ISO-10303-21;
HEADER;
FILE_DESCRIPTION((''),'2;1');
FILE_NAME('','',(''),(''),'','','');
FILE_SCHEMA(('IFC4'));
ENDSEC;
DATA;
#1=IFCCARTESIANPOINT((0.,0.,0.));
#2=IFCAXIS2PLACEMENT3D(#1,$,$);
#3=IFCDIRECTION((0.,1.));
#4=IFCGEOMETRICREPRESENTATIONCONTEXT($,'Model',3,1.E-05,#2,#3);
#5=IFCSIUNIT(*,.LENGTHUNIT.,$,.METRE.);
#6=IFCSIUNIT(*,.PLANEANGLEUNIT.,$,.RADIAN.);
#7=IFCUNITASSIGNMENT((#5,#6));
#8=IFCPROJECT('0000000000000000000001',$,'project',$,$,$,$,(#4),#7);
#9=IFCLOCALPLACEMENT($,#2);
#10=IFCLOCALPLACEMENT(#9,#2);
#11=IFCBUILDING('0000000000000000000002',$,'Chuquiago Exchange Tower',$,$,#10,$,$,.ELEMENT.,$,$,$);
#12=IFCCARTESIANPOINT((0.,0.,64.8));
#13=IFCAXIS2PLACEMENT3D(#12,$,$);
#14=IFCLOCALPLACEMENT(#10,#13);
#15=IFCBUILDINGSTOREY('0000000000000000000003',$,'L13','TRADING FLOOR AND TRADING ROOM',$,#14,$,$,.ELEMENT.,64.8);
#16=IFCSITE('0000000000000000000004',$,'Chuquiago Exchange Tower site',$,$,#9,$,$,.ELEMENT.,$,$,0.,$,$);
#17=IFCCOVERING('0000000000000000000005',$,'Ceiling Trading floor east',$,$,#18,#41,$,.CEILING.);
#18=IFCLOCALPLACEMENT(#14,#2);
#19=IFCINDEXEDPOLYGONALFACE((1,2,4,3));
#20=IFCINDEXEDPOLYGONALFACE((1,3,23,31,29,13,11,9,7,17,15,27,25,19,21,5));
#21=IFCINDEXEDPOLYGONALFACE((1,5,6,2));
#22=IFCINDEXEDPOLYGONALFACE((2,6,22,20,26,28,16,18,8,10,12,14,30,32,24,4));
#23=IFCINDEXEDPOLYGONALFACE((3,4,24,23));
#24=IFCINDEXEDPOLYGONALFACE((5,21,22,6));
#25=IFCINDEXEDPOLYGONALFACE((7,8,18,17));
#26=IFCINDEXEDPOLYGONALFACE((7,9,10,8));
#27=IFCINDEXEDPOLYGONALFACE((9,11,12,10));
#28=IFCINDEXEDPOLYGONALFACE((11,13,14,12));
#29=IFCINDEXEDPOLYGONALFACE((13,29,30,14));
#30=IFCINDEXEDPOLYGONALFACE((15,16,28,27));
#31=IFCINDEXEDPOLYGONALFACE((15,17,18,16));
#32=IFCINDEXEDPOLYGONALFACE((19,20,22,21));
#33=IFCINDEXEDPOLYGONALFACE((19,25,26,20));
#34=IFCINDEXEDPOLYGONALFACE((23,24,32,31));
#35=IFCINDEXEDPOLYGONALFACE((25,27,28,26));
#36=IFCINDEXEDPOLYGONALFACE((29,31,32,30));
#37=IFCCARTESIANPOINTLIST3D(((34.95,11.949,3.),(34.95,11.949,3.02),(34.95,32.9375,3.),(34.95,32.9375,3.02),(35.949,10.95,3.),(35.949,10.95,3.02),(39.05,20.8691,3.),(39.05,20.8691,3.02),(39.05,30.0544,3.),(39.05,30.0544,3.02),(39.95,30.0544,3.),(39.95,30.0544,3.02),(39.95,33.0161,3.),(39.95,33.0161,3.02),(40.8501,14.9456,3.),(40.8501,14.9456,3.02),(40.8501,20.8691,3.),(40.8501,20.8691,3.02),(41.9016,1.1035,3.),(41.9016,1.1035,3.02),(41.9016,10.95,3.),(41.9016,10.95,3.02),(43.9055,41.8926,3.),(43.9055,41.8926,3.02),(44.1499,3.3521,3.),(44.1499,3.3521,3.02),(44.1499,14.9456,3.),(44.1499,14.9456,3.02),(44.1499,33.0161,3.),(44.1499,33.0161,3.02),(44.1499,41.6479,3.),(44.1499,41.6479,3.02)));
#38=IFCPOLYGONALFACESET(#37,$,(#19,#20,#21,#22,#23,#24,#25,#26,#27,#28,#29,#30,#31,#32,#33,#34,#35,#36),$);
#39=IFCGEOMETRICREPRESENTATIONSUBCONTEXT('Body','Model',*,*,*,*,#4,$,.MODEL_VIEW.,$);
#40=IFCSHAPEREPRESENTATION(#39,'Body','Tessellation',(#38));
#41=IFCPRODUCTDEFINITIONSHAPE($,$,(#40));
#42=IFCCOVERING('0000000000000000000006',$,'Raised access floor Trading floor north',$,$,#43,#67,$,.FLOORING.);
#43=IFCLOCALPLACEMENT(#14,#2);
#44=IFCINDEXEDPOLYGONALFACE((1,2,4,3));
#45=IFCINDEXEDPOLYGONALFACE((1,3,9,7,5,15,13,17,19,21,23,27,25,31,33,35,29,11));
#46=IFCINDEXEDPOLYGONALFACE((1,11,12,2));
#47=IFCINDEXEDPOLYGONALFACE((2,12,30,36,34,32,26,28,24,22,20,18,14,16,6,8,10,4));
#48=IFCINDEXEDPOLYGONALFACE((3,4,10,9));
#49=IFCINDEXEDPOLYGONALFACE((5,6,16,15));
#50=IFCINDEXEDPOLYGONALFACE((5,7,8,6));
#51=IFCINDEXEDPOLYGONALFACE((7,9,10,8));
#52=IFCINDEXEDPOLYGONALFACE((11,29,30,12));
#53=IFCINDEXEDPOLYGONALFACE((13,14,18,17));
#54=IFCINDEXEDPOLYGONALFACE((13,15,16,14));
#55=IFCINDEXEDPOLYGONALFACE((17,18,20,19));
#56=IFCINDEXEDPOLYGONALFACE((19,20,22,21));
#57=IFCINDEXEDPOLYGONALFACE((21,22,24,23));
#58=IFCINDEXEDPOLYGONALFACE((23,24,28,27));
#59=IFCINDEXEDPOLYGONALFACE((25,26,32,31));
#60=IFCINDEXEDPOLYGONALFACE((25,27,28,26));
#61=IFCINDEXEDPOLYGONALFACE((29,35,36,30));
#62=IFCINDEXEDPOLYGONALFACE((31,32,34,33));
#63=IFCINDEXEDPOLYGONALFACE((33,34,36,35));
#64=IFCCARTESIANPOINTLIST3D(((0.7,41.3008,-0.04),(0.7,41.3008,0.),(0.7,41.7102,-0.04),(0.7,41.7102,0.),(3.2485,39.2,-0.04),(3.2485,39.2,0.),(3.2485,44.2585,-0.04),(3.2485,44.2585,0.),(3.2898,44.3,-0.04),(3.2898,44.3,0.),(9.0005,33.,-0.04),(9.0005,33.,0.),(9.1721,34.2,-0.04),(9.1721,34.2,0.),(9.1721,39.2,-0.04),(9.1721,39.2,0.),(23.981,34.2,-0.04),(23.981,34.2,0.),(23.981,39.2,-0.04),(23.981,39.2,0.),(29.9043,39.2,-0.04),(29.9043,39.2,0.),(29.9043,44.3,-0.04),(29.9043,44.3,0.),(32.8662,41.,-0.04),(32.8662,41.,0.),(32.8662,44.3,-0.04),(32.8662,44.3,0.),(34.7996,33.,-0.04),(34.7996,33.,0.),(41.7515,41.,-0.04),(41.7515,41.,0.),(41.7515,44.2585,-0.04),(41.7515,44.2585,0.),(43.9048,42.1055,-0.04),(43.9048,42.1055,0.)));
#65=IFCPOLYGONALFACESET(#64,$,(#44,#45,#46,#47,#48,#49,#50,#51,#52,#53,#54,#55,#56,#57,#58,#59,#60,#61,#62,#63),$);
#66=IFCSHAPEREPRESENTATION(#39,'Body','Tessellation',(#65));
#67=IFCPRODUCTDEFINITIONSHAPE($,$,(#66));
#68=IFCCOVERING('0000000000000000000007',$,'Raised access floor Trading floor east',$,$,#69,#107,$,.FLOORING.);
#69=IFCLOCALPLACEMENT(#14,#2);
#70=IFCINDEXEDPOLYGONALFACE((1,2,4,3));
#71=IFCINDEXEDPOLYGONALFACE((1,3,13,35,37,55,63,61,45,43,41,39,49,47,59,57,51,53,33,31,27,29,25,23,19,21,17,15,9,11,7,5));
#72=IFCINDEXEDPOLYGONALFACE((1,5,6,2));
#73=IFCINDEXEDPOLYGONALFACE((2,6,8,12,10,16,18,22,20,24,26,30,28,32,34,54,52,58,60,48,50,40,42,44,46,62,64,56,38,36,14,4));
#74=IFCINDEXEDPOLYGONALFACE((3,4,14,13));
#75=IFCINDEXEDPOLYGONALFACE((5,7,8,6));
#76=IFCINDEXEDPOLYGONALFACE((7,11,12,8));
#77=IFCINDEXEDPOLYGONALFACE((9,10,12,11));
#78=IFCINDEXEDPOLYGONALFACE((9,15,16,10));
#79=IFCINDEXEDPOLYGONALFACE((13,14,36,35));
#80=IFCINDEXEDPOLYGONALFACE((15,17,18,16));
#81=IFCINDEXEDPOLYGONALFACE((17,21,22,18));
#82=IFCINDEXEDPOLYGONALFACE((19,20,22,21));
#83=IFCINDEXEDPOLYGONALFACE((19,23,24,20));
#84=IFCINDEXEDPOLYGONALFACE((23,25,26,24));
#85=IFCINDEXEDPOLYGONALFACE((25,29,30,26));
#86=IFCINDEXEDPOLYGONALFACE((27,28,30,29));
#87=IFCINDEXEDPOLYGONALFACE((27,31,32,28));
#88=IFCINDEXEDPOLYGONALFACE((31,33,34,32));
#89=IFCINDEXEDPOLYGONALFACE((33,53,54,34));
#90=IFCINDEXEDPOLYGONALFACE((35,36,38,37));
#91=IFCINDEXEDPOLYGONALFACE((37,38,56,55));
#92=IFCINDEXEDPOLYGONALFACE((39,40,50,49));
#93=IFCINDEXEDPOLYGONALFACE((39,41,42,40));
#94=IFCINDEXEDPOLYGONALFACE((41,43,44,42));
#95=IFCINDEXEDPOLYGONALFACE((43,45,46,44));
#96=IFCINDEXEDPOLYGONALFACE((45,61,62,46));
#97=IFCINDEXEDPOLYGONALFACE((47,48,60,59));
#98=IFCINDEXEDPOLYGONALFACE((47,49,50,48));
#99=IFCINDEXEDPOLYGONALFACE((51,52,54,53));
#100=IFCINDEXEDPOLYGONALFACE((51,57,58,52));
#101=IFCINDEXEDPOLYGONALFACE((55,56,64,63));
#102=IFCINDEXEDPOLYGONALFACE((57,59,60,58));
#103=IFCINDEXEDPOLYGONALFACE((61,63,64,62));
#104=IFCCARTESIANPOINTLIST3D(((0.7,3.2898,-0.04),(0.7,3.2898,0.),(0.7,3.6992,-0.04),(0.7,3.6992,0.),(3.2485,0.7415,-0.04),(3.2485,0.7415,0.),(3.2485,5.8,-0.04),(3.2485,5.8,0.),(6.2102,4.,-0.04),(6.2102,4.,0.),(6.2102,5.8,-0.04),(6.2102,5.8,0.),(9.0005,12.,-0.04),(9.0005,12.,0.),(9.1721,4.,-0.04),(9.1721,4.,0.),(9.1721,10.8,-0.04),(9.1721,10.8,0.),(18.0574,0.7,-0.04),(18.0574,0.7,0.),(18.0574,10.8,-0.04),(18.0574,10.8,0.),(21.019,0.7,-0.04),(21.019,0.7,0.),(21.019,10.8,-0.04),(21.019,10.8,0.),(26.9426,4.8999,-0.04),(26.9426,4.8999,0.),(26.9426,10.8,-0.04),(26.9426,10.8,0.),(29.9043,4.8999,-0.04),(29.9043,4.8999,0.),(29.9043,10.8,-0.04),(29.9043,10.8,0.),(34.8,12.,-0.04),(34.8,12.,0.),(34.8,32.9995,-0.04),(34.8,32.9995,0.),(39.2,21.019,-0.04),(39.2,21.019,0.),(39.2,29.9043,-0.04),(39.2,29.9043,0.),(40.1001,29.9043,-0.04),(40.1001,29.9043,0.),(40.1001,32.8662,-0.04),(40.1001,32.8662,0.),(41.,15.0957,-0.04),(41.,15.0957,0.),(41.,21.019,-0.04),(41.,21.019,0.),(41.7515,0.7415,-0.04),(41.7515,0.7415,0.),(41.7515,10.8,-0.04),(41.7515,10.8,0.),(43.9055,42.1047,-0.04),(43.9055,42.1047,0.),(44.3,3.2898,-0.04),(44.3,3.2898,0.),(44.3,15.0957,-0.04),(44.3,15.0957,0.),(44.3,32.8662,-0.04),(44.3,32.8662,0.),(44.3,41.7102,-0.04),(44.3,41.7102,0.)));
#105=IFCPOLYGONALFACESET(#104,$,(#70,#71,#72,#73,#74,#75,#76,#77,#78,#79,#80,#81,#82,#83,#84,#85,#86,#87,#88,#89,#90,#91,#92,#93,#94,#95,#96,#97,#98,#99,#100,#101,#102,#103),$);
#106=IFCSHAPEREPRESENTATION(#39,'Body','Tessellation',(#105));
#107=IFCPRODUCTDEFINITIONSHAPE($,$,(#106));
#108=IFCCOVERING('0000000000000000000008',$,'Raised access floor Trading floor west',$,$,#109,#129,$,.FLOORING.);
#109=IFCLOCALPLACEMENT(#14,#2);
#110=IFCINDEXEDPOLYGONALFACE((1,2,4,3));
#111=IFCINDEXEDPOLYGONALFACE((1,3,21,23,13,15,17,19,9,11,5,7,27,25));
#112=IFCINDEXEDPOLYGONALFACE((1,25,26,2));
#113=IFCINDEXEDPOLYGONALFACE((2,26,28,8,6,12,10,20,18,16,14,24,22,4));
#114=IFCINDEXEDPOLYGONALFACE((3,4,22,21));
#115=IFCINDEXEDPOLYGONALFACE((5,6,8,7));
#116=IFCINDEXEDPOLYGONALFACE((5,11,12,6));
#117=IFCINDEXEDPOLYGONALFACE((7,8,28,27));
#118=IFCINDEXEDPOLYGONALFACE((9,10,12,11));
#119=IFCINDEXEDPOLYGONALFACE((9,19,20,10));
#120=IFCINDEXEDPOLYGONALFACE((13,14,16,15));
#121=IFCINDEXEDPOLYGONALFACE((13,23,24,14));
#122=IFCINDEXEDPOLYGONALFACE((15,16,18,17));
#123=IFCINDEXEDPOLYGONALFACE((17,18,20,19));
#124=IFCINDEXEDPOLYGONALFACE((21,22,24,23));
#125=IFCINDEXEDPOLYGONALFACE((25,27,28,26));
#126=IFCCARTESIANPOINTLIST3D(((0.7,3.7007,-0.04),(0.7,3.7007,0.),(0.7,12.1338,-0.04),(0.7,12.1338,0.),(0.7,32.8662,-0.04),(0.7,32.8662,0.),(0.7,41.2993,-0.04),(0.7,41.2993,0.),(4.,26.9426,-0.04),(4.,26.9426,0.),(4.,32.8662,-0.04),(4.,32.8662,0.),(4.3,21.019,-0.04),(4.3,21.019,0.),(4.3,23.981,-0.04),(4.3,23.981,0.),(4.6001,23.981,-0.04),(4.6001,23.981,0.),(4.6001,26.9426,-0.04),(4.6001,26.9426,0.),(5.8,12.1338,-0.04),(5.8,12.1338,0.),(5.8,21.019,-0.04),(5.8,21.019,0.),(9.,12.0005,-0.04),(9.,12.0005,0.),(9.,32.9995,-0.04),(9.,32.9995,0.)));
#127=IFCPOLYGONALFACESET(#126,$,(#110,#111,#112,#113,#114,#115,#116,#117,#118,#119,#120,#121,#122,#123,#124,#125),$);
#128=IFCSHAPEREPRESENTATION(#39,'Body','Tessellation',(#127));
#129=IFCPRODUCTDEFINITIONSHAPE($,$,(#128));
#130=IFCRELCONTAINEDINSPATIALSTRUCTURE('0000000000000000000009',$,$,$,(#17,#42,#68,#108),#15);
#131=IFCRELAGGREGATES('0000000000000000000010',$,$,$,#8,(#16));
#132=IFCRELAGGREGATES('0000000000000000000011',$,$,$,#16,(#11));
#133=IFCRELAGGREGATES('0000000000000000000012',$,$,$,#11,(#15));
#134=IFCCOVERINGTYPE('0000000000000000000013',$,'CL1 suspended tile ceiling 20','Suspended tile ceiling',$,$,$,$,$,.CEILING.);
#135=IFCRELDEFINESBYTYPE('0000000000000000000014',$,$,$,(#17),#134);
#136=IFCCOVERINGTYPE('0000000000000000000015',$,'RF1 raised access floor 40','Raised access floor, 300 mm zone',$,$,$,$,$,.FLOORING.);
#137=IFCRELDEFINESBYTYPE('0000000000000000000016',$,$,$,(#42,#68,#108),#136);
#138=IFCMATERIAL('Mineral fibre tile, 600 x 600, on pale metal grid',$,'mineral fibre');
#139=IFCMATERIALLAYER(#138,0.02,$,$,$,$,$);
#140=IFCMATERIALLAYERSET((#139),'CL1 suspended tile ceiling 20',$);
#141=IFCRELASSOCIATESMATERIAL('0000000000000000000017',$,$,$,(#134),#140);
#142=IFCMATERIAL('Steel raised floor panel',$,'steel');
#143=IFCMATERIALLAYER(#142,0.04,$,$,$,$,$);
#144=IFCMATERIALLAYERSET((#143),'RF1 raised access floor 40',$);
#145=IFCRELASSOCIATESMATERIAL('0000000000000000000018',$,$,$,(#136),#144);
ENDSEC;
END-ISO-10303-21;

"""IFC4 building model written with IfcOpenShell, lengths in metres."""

from ifc_helpers import new_model, si_unit, direction, frame, origin, place, context, subcontext, project, spatial, polyline, outline, extrude, material, layer, layer_set, type_object, element, save


model = new_model("IFC4")

# Units and contexts
model_context = context("Model", 3, precision=1e-05, world=origin(), true_north=direction((0.0, 1.0)))
body_context = subcontext(model_context, "Body", "Model", "MODEL_VIEW")
ifc_project = project(units=[si_unit("LENGTHUNIT", "METRE"), si_unit("PLANEANGLEUNIT", "RADIAN")], contexts=[model_context])

# Site, building, storey
site_placement = place(None, origin())
site = spatial("IfcSite", under=ifc_project, at=site_placement, Name="Chuquiago Exchange Tower site", CompositionType="ELEMENT", RefElevation=0.0)
building_placement = place(site_placement, origin())
building = spatial("IfcBuilding", under=site, at=building_placement, Name="Chuquiago Exchange Tower", CompositionType="ELEMENT")
storey_placement = place(building_placement, frame((0.0, 0.0, 64.8)))
storey = spatial("IfcBuildingStorey", under=building, at=storey_placement, Name="L13", Description="TRADING FLOOR AND TRADING ROOM", CompositionType="ELEMENT", Elevation=64.8)

# Coverings
ifc_material_1 = material(Name="Mineral fibre tile, 600 x 600, on pale metal grid", Category="mineral fibre")
ifc_layer_1 = layer(ifc_material_1, 0.02)
ifc_layer_set_1 = layer_set([ifc_layer_1], Name="CL1 suspended tile ceiling 20")
covering_type_1 = type_object("IfcCoveringType", Name="CL1 suspended tile ceiling 20", Description="Suspended tile ceiling", PredefinedType="CEILING", material=ifc_layer_set_1)
covering_1_placement = place(storey_placement, frame((0.0, 0.0, 3.0)))
element("IfcCovering", 1, at=covering_1_placement, inside=storey, type_object=covering_type_1, Name="Ceiling Trading floor east", PredefinedType="CEILING", context=body_context, shape_type="SweptSolid", body=[
    extrude(outline(polyline([(34.95, 32.9375), (43.9055, 41.8926), (44.1499, 41.6479), (44.1499, 33.0161), (39.95, 33.0161), (39.95, 30.0544), (39.05, 30.0544), (39.05, 20.8691), (40.8501, 20.8691), (40.8501, 14.9456), (44.1499, 14.9456), (44.1499, 3.3521), (41.9016, 1.1035), (41.9016, 10.95), (35.949, 10.95), (34.95, 11.949), (34.95, 32.9375)])), origin(), (0.0, 0.0, 1.0), 0.02),
])
ifc_material_2 = material(Name="Steel raised floor panel", Category="steel")
ifc_layer_2 = layer(ifc_material_2, 0.04)
ifc_layer_set_2 = layer_set([ifc_layer_2], Name="RF1 raised access floor 40")
covering_type_2 = type_object("IfcCoveringType", Name="RF1 raised access floor 40", Description="Raised access floor, 300 mm zone", PredefinedType="FLOORING", material=ifc_layer_set_2)
covering_2_placement = place(storey_placement, frame((0.0, 0.0, -0.04)))
element("IfcCovering", 2, at=covering_2_placement, inside=storey, type_object=covering_type_2, Name="Raised access floor Trading floor north", PredefinedType="FLOORING", context=body_context, shape_type="SweptSolid", body=[
    extrude(outline(polyline([(0.7, 41.7102), (3.2898, 44.3), (3.2485, 44.2585), (3.2485, 39.2), (9.1721, 39.2), (9.1721, 34.2), (23.981, 34.2), (23.981, 39.2), (29.9043, 39.2), (29.9043, 44.3), (32.8662, 44.3), (32.8662, 41.0), (41.7515, 41.0), (41.7515, 44.2585), (43.9048, 42.1055), (34.7996, 33.0), (9.0005, 33.0), (0.7, 41.3008), (0.7, 41.7102)])), origin(), (0.0, 0.0, 1.0), 0.04),
])
covering_3_placement = place(storey_placement, frame((0.0, 0.0, -0.04)))
element("IfcCovering", 3, at=covering_3_placement, inside=storey, type_object=covering_type_2, Name="Raised access floor Trading floor east", PredefinedType="FLOORING", context=body_context, shape_type="SweptSolid", body=[
    extrude(outline(polyline([(44.3, 41.7102), (44.3, 32.8662), (40.1001, 32.8662), (40.1001, 29.9043), (39.2, 29.9043), (39.2, 21.019), (41.0, 21.019), (41.0, 15.0957), (44.3, 15.0957), (44.3, 3.2898), (41.7515, 0.7415), (41.7515, 10.8), (29.9043, 10.8), (29.9043, 4.8999), (26.9426, 4.8999), (26.9426, 10.8), (21.019, 10.8), (21.019, 0.7), (18.0574, 0.7), (18.0574, 10.8), (9.1721, 10.8), (9.1721, 4.0), (6.2102, 4.0), (6.2102, 5.8), (3.2485, 5.8), (3.2485, 0.7415), (0.7, 3.2898), (0.7, 3.6992), (9.0005, 12.0), (34.8, 12.0), (34.8, 32.9995), (43.9055, 42.1047), (44.3, 41.7102)])), origin(), (0.0, 0.0, 1.0), 0.04),
])
covering_4_placement = place(storey_placement, frame((0.0, 0.0, -0.04)))
element("IfcCovering", 4, at=covering_4_placement, inside=storey, type_object=covering_type_2, Name="Raised access floor Trading floor west", PredefinedType="FLOORING", context=body_context, shape_type="SweptSolid", body=[
    extrude(outline(polyline([(5.8, 12.1338), (5.8, 21.019), (4.3, 21.019), (4.3, 23.981), (4.6001, 23.981), (4.6001, 26.9426), (4.0, 26.9426), (4.0, 32.8662), (0.7, 32.8662), (0.7, 41.2993), (9.0, 32.9995), (9.0, 12.0005), (0.7, 3.7007), (0.7, 12.1338), (5.8, 12.1338)])), origin(), (0.0, 0.0, 1.0), 0.04),
])

save(model, "model.ifc")
